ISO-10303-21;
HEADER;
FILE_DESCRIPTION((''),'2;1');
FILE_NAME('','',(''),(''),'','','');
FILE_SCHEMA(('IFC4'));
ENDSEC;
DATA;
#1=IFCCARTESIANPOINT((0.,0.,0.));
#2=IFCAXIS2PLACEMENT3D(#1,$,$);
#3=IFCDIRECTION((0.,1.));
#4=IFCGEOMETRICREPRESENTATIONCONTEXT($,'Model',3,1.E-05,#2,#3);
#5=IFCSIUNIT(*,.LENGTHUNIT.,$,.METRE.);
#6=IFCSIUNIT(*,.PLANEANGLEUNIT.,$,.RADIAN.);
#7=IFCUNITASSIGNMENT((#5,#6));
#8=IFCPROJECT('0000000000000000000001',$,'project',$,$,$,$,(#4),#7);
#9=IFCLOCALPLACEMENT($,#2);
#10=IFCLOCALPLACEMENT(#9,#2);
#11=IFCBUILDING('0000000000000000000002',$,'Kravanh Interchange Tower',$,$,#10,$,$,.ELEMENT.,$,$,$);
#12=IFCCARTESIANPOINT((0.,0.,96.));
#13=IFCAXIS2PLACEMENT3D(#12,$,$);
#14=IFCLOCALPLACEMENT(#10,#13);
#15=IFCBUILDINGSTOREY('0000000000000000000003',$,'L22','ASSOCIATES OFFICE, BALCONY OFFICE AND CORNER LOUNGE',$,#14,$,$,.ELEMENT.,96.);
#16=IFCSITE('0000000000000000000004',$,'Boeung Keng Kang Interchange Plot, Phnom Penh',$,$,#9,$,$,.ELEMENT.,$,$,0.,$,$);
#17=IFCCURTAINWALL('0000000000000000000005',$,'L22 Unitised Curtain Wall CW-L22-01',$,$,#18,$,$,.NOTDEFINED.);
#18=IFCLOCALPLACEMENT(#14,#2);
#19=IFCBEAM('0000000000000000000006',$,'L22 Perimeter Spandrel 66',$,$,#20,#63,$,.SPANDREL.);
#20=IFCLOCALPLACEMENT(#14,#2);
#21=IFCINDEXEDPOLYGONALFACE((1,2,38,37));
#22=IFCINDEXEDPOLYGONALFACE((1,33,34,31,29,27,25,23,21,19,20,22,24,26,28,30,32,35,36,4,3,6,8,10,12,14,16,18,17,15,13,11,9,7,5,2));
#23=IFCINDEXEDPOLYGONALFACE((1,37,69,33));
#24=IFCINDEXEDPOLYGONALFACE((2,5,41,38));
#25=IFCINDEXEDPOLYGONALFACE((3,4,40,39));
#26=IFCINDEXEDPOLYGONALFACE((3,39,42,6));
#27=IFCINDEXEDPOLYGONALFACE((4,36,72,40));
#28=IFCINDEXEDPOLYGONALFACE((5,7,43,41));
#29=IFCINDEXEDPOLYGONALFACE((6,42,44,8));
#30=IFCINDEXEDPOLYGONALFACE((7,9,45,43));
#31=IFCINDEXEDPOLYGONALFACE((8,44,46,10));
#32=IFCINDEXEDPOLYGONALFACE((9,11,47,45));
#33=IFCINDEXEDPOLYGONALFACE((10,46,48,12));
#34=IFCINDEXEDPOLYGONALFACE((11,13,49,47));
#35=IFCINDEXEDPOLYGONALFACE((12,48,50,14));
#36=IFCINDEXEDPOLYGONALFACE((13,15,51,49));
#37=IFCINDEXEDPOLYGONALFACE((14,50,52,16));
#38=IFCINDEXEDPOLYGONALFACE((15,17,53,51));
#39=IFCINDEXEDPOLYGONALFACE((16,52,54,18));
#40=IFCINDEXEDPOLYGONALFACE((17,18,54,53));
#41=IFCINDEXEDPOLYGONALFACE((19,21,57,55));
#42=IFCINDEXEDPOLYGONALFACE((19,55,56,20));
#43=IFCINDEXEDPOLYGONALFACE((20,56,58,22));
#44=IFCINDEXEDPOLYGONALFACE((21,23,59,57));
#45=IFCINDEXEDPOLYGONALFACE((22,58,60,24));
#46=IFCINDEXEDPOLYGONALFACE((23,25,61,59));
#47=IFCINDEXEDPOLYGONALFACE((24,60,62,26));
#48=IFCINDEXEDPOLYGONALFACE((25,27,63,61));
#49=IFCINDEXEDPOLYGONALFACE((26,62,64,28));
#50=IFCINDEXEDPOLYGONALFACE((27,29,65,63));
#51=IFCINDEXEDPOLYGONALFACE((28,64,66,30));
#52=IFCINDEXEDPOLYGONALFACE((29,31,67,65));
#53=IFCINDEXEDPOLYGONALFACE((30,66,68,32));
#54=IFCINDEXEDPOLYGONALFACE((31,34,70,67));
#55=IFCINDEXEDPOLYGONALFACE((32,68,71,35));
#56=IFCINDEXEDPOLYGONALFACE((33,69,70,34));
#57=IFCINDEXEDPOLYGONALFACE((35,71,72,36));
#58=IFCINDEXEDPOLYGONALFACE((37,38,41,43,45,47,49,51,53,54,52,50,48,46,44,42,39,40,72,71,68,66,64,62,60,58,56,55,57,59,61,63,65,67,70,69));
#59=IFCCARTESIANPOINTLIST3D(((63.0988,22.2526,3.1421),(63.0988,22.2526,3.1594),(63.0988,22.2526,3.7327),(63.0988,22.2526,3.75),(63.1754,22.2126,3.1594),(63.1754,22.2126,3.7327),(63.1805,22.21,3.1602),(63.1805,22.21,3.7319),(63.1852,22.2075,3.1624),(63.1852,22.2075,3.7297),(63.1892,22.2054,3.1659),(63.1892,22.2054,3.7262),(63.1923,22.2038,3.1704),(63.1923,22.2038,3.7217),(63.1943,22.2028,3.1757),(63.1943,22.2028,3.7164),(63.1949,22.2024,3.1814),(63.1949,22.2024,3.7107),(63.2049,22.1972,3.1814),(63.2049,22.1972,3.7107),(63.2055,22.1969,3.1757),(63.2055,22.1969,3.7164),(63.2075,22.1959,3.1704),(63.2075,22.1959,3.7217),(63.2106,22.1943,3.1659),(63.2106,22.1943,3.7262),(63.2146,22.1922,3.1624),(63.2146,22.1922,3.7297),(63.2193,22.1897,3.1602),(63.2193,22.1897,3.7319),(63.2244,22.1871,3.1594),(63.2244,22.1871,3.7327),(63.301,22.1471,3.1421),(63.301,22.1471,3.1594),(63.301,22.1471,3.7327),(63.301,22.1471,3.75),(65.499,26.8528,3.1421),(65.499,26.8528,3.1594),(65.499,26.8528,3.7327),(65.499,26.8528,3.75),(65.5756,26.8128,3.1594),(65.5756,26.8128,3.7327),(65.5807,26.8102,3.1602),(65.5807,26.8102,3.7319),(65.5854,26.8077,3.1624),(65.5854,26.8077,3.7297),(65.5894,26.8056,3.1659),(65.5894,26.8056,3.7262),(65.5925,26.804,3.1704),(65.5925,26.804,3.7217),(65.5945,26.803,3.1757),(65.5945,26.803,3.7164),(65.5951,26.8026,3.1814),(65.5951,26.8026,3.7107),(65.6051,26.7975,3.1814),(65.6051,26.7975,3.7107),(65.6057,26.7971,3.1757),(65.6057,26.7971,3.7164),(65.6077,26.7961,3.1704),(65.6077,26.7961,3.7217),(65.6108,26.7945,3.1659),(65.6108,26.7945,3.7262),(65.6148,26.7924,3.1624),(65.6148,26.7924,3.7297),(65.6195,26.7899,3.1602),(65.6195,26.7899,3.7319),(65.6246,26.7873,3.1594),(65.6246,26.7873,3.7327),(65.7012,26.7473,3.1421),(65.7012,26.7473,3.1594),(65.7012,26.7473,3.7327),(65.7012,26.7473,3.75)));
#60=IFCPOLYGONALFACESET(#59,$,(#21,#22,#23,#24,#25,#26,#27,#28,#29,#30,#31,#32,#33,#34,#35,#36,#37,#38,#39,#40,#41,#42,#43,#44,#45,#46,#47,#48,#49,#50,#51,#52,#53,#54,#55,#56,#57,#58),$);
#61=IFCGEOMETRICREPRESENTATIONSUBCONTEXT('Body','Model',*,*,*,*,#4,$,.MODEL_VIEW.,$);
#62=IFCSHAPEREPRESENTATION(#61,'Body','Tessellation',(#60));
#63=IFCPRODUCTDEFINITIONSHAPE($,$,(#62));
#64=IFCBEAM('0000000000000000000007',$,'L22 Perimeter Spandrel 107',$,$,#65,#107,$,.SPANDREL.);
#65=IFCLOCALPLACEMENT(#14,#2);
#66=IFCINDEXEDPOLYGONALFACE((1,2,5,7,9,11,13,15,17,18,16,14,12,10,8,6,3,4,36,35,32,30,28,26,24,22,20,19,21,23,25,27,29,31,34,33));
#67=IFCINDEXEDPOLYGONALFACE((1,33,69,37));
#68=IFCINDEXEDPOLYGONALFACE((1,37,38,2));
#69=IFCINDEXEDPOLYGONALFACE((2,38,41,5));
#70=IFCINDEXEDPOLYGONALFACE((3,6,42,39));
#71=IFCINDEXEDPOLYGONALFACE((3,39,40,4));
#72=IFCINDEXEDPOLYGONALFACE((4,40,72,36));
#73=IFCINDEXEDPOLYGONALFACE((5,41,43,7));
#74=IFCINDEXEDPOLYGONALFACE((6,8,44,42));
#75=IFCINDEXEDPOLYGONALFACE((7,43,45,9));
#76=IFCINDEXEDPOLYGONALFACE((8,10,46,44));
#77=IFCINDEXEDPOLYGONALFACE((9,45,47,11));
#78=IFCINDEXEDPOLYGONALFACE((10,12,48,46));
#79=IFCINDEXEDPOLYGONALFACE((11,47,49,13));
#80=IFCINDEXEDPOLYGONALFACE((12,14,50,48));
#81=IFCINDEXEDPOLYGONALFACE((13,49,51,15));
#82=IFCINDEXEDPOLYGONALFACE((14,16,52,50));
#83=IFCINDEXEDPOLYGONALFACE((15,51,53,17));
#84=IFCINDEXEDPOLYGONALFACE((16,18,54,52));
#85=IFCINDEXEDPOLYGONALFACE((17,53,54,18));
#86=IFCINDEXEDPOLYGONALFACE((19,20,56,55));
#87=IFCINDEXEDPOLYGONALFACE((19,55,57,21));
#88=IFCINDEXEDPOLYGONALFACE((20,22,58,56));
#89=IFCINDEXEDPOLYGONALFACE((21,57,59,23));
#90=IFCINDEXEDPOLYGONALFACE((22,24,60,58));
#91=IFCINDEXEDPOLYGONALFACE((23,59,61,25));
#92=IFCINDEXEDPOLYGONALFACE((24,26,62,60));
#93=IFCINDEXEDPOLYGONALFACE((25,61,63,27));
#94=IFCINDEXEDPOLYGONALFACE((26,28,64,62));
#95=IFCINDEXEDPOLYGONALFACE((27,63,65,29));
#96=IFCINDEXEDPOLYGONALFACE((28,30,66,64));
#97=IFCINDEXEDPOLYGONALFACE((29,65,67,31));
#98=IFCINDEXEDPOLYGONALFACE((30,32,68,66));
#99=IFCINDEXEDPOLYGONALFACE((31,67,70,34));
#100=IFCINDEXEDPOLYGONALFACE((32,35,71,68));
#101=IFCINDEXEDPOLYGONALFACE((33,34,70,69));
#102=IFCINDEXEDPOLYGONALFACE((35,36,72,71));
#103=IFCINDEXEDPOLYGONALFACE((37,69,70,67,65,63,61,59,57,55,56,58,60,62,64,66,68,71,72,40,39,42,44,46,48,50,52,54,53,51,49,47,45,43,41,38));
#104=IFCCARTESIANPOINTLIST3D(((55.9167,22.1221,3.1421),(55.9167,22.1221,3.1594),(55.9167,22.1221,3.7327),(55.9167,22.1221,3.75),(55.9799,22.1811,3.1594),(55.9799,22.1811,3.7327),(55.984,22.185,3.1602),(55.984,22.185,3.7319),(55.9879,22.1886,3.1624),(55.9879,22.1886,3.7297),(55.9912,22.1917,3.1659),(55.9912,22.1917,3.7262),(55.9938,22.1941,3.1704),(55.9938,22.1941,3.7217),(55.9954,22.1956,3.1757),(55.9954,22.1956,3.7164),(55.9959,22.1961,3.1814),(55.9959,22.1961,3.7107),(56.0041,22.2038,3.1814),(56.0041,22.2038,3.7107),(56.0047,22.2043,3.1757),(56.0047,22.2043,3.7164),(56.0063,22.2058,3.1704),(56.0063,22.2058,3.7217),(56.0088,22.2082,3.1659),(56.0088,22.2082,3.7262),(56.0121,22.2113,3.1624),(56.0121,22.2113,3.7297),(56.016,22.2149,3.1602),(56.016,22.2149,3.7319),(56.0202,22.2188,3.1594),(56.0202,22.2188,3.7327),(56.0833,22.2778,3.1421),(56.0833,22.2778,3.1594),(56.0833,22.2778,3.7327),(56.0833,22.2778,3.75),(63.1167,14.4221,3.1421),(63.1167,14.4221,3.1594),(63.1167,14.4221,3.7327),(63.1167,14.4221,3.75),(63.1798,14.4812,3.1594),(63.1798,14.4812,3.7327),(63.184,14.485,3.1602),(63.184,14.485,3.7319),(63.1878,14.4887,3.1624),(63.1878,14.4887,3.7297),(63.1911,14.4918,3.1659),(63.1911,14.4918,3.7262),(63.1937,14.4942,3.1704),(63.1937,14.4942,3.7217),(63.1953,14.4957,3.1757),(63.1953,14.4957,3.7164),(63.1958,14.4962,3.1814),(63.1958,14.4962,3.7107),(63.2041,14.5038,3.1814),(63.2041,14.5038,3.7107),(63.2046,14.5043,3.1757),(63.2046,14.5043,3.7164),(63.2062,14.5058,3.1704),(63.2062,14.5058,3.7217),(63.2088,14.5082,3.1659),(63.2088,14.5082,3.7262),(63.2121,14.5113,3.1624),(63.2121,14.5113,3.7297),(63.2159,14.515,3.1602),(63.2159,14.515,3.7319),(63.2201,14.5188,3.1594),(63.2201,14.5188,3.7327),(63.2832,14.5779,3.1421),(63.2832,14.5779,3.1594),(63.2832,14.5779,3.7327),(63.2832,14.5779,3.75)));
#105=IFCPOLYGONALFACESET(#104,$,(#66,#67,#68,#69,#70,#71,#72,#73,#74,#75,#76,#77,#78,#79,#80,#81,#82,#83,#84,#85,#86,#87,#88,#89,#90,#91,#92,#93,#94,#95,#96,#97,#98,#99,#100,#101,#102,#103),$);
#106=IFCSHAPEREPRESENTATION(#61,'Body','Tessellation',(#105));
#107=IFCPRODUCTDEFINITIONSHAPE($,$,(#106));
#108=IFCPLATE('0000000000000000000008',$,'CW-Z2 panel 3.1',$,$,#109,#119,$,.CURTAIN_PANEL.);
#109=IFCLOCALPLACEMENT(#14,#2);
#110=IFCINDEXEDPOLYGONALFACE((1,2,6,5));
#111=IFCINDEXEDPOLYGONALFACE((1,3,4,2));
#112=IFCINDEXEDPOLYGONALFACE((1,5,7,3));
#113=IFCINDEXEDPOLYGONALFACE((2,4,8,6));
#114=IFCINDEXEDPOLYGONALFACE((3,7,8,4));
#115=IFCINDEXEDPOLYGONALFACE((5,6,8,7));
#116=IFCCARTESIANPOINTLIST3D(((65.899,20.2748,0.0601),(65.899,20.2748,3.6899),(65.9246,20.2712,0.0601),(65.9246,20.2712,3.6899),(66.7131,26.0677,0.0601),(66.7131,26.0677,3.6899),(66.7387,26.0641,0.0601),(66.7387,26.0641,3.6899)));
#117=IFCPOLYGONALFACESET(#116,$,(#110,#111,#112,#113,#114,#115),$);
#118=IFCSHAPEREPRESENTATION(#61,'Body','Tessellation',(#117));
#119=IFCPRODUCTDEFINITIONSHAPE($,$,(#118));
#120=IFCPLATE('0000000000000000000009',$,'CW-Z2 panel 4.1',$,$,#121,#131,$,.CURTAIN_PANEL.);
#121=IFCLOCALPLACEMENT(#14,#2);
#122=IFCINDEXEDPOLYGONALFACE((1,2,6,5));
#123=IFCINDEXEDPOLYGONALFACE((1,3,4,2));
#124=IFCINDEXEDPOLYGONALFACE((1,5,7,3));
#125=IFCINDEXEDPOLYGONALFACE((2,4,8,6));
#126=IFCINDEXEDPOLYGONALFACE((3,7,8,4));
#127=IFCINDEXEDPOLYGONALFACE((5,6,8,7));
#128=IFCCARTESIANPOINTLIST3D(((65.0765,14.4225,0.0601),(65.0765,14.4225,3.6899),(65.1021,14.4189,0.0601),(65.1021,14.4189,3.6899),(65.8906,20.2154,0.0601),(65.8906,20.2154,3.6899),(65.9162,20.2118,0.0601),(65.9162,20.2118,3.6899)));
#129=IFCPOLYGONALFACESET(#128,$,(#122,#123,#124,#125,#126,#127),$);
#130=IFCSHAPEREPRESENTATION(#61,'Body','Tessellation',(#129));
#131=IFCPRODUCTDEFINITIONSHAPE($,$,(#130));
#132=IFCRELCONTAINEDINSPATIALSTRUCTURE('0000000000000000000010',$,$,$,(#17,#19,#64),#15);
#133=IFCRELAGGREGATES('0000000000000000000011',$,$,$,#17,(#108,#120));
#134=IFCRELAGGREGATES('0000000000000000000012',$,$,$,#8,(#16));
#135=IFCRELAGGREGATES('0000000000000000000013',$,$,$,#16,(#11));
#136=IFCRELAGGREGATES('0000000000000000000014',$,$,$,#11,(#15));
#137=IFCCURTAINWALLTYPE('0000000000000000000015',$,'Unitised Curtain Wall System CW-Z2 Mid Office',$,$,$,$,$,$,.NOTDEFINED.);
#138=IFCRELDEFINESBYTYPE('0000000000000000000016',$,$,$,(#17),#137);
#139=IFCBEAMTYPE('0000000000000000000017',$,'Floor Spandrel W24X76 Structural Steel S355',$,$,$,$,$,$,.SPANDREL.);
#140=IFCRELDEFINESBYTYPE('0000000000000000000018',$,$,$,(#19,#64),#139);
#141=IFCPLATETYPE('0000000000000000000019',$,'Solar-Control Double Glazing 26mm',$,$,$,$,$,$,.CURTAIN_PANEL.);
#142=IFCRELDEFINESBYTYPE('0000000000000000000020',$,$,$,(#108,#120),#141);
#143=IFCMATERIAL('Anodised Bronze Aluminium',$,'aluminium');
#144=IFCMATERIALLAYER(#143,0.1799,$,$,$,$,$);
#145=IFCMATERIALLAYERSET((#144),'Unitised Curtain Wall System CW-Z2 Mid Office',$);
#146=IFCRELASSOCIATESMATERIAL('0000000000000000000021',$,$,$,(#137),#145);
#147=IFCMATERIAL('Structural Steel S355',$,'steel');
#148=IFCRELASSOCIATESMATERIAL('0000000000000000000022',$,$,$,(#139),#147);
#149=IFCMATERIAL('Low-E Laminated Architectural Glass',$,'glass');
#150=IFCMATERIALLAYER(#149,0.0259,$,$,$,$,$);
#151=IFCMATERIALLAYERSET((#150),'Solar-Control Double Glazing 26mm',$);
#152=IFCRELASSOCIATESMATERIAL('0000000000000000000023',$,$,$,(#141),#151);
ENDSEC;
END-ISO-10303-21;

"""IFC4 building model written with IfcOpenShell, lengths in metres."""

from ifc_helpers import new_model, si_unit, direction, frame, origin, origin_2d, place, context, subcontext, project, spatial, rectangle, i_section, extrude, material, layer, layer_set, material_profile, profile_set, type_object, element, aggregate, save


model = new_model("IFC4")

# Units and contexts
model_context = context("Model", 3, precision=1e-05, world=origin(), true_north=direction((0.0, 1.0)))
body_context = subcontext(model_context, "Body", "Model", "MODEL_VIEW")
ifc_project = project(units=[si_unit("LENGTHUNIT", "METRE"), si_unit("PLANEANGLEUNIT", "RADIAN")], contexts=[model_context])

# Site, building, storey
site_placement = place(None, origin())
site = spatial("IfcSite", under=ifc_project, at=site_placement, Name="Boeung Keng Kang Interchange Plot, Phnom Penh", CompositionType="ELEMENT", RefElevation=0.0)
building_placement = place(site_placement, origin())
building = spatial("IfcBuilding", under=site, at=building_placement, Name="Kravanh Interchange Tower", CompositionType="ELEMENT")
storey_placement = place(building_placement, frame((0.0, 0.0, 96.0)))
storey = spatial("IfcBuildingStorey", under=building, at=storey_placement, Name="L22", Description="ASSOCIATES OFFICE, BALCONY OFFICE AND CORNER LOUNGE", CompositionType="ELEMENT", Elevation=96.0)

# Curtain wall
ifc_material_1 = material(Name="Anodised Bronze Aluminium", Category="aluminium")
ifc_layer_1 = layer(ifc_material_1, 0.1799)
ifc_layer_set_1 = layer_set([ifc_layer_1], Name="Unitised Curtain Wall System CW-Z2 Mid Office")
curtain_wall_type = type_object("IfcCurtainWallType", Name="Unitised Curtain Wall System CW-Z2 Mid Office", PredefinedType="NOTDEFINED", material=ifc_layer_set_1)
curtain_wall_placement = place(storey_placement, origin())
curtain_wall = element("IfcCurtainWall", 1, at=curtain_wall_placement, inside=storey, type_object=curtain_wall_type, Name="L22 Unitised Curtain Wall CW-L22-01", PredefinedType="NOTDEFINED")

# Beams
ifc_material_2 = material(Name="Structural Steel S355", Category="steel")
ifc_material_profile_1 = material_profile(ifc_material_2, i_section(OverallWidth=0.228, OverallDepth=0.6079, WebThickness=0.0112, FlangeThickness=0.0173, FilletRadius=0.022, at=origin_2d()), Name="W24X76")
ifc_profile_set_1 = profile_set([ifc_material_profile_1], Name="Structural Steel S355")
beam_type_1 = type_object("IfcBeamType", Name="Floor Spandrel W24X76 Structural Steel S355", PredefinedType="SPANDREL", material=ifc_profile_set_1)
beam_1_placement = place(storey_placement, frame((65.6001, 26.8, 3.446), z_axis=(-0.46258, -0.886577, 0.0), x_axis=(0.886577, -0.46258, 0.0)))
element("IfcBeam", 2, at=beam_1_placement, inside=storey, type_object=beam_type_1, Name="L22 Perimeter Spandrel 66", PredefinedType="SPANDREL", context=body_context, shape_type="SweptSolid", body=[
    extrude(i_section(OverallWidth=0.228, OverallDepth=0.6079, WebThickness=0.0112, FlangeThickness=0.0173, FilletRadius=0.022, at=origin_2d()), origin(), (0.0, 0.0, 1.0), 5.1887),
])
beam_2_placement = place(storey_placement, frame((63.2, 14.5, 3.446), z_axis=(-0.682994, 0.730424, 0.0), x_axis=(-0.730424, -0.682994, 0.0)))
element("IfcBeam", 3, at=beam_2_placement, inside=storey, type_object=beam_type_1, Name="L22 Perimeter Spandrel 107", PredefinedType="SPANDREL", context=body_context, shape_type="SweptSolid", body=[
    extrude(i_section(OverallWidth=0.228, OverallDepth=0.6079, WebThickness=0.0112, FlangeThickness=0.0173, FilletRadius=0.022, at=origin_2d()), origin(), (0.0, 0.0, 1.0), 10.5417),
])

# Plates
ifc_material_3 = material(Name="Low-E Laminated Architectural Glass", Category="glass")
ifc_layer_2 = layer(ifc_material_3, 0.0259)
ifc_layer_set_2 = layer_set([ifc_layer_2], Name="Solar-Control Double Glazing 26mm")
plate_type = type_object("IfcPlateType", Name="Solar-Control Double Glazing 26mm", PredefinedType="CURTAIN_PANEL", material=ifc_layer_set_2)
plate_1_placement = place(storey_placement, frame((66.3188, 23.1694, 0.0601), z_axis=(0.0, 0.0, 1.0), x_axis=(-0.139173, -0.990268, 0.0)))
plate_1 = element("IfcPlate", 4, at=plate_1_placement, type_object=plate_type, Name="CW-Z2 panel 3.1", PredefinedType="CURTAIN_PANEL", context=body_context, shape_type="SweptSolid", body=[
    extrude(rectangle(XDim=5.8499, YDim=0.0259, at=origin_2d()), origin(), (0.0, 0.0, 1.0), 3.6299),
])
plate_2_placement = place(storey_placement, frame((65.4963, 17.3171, 0.0601), z_axis=(0.0, 0.0, 1.0), x_axis=(-0.139173, -0.990268, 0.0)))
plate_2 = element("IfcPlate", 5, at=plate_2_placement, type_object=plate_type, Name="CW-Z2 panel 4.1", PredefinedType="CURTAIN_PANEL", context=body_context, shape_type="SweptSolid", body=[
    extrude(rectangle(XDim=5.8499, YDim=0.0259, at=origin_2d()), origin(), (0.0, 0.0, 1.0), 3.6299),
])
aggregate(curtain_wall, [plate_1, plate_2])

save(model, "model.ifc")
